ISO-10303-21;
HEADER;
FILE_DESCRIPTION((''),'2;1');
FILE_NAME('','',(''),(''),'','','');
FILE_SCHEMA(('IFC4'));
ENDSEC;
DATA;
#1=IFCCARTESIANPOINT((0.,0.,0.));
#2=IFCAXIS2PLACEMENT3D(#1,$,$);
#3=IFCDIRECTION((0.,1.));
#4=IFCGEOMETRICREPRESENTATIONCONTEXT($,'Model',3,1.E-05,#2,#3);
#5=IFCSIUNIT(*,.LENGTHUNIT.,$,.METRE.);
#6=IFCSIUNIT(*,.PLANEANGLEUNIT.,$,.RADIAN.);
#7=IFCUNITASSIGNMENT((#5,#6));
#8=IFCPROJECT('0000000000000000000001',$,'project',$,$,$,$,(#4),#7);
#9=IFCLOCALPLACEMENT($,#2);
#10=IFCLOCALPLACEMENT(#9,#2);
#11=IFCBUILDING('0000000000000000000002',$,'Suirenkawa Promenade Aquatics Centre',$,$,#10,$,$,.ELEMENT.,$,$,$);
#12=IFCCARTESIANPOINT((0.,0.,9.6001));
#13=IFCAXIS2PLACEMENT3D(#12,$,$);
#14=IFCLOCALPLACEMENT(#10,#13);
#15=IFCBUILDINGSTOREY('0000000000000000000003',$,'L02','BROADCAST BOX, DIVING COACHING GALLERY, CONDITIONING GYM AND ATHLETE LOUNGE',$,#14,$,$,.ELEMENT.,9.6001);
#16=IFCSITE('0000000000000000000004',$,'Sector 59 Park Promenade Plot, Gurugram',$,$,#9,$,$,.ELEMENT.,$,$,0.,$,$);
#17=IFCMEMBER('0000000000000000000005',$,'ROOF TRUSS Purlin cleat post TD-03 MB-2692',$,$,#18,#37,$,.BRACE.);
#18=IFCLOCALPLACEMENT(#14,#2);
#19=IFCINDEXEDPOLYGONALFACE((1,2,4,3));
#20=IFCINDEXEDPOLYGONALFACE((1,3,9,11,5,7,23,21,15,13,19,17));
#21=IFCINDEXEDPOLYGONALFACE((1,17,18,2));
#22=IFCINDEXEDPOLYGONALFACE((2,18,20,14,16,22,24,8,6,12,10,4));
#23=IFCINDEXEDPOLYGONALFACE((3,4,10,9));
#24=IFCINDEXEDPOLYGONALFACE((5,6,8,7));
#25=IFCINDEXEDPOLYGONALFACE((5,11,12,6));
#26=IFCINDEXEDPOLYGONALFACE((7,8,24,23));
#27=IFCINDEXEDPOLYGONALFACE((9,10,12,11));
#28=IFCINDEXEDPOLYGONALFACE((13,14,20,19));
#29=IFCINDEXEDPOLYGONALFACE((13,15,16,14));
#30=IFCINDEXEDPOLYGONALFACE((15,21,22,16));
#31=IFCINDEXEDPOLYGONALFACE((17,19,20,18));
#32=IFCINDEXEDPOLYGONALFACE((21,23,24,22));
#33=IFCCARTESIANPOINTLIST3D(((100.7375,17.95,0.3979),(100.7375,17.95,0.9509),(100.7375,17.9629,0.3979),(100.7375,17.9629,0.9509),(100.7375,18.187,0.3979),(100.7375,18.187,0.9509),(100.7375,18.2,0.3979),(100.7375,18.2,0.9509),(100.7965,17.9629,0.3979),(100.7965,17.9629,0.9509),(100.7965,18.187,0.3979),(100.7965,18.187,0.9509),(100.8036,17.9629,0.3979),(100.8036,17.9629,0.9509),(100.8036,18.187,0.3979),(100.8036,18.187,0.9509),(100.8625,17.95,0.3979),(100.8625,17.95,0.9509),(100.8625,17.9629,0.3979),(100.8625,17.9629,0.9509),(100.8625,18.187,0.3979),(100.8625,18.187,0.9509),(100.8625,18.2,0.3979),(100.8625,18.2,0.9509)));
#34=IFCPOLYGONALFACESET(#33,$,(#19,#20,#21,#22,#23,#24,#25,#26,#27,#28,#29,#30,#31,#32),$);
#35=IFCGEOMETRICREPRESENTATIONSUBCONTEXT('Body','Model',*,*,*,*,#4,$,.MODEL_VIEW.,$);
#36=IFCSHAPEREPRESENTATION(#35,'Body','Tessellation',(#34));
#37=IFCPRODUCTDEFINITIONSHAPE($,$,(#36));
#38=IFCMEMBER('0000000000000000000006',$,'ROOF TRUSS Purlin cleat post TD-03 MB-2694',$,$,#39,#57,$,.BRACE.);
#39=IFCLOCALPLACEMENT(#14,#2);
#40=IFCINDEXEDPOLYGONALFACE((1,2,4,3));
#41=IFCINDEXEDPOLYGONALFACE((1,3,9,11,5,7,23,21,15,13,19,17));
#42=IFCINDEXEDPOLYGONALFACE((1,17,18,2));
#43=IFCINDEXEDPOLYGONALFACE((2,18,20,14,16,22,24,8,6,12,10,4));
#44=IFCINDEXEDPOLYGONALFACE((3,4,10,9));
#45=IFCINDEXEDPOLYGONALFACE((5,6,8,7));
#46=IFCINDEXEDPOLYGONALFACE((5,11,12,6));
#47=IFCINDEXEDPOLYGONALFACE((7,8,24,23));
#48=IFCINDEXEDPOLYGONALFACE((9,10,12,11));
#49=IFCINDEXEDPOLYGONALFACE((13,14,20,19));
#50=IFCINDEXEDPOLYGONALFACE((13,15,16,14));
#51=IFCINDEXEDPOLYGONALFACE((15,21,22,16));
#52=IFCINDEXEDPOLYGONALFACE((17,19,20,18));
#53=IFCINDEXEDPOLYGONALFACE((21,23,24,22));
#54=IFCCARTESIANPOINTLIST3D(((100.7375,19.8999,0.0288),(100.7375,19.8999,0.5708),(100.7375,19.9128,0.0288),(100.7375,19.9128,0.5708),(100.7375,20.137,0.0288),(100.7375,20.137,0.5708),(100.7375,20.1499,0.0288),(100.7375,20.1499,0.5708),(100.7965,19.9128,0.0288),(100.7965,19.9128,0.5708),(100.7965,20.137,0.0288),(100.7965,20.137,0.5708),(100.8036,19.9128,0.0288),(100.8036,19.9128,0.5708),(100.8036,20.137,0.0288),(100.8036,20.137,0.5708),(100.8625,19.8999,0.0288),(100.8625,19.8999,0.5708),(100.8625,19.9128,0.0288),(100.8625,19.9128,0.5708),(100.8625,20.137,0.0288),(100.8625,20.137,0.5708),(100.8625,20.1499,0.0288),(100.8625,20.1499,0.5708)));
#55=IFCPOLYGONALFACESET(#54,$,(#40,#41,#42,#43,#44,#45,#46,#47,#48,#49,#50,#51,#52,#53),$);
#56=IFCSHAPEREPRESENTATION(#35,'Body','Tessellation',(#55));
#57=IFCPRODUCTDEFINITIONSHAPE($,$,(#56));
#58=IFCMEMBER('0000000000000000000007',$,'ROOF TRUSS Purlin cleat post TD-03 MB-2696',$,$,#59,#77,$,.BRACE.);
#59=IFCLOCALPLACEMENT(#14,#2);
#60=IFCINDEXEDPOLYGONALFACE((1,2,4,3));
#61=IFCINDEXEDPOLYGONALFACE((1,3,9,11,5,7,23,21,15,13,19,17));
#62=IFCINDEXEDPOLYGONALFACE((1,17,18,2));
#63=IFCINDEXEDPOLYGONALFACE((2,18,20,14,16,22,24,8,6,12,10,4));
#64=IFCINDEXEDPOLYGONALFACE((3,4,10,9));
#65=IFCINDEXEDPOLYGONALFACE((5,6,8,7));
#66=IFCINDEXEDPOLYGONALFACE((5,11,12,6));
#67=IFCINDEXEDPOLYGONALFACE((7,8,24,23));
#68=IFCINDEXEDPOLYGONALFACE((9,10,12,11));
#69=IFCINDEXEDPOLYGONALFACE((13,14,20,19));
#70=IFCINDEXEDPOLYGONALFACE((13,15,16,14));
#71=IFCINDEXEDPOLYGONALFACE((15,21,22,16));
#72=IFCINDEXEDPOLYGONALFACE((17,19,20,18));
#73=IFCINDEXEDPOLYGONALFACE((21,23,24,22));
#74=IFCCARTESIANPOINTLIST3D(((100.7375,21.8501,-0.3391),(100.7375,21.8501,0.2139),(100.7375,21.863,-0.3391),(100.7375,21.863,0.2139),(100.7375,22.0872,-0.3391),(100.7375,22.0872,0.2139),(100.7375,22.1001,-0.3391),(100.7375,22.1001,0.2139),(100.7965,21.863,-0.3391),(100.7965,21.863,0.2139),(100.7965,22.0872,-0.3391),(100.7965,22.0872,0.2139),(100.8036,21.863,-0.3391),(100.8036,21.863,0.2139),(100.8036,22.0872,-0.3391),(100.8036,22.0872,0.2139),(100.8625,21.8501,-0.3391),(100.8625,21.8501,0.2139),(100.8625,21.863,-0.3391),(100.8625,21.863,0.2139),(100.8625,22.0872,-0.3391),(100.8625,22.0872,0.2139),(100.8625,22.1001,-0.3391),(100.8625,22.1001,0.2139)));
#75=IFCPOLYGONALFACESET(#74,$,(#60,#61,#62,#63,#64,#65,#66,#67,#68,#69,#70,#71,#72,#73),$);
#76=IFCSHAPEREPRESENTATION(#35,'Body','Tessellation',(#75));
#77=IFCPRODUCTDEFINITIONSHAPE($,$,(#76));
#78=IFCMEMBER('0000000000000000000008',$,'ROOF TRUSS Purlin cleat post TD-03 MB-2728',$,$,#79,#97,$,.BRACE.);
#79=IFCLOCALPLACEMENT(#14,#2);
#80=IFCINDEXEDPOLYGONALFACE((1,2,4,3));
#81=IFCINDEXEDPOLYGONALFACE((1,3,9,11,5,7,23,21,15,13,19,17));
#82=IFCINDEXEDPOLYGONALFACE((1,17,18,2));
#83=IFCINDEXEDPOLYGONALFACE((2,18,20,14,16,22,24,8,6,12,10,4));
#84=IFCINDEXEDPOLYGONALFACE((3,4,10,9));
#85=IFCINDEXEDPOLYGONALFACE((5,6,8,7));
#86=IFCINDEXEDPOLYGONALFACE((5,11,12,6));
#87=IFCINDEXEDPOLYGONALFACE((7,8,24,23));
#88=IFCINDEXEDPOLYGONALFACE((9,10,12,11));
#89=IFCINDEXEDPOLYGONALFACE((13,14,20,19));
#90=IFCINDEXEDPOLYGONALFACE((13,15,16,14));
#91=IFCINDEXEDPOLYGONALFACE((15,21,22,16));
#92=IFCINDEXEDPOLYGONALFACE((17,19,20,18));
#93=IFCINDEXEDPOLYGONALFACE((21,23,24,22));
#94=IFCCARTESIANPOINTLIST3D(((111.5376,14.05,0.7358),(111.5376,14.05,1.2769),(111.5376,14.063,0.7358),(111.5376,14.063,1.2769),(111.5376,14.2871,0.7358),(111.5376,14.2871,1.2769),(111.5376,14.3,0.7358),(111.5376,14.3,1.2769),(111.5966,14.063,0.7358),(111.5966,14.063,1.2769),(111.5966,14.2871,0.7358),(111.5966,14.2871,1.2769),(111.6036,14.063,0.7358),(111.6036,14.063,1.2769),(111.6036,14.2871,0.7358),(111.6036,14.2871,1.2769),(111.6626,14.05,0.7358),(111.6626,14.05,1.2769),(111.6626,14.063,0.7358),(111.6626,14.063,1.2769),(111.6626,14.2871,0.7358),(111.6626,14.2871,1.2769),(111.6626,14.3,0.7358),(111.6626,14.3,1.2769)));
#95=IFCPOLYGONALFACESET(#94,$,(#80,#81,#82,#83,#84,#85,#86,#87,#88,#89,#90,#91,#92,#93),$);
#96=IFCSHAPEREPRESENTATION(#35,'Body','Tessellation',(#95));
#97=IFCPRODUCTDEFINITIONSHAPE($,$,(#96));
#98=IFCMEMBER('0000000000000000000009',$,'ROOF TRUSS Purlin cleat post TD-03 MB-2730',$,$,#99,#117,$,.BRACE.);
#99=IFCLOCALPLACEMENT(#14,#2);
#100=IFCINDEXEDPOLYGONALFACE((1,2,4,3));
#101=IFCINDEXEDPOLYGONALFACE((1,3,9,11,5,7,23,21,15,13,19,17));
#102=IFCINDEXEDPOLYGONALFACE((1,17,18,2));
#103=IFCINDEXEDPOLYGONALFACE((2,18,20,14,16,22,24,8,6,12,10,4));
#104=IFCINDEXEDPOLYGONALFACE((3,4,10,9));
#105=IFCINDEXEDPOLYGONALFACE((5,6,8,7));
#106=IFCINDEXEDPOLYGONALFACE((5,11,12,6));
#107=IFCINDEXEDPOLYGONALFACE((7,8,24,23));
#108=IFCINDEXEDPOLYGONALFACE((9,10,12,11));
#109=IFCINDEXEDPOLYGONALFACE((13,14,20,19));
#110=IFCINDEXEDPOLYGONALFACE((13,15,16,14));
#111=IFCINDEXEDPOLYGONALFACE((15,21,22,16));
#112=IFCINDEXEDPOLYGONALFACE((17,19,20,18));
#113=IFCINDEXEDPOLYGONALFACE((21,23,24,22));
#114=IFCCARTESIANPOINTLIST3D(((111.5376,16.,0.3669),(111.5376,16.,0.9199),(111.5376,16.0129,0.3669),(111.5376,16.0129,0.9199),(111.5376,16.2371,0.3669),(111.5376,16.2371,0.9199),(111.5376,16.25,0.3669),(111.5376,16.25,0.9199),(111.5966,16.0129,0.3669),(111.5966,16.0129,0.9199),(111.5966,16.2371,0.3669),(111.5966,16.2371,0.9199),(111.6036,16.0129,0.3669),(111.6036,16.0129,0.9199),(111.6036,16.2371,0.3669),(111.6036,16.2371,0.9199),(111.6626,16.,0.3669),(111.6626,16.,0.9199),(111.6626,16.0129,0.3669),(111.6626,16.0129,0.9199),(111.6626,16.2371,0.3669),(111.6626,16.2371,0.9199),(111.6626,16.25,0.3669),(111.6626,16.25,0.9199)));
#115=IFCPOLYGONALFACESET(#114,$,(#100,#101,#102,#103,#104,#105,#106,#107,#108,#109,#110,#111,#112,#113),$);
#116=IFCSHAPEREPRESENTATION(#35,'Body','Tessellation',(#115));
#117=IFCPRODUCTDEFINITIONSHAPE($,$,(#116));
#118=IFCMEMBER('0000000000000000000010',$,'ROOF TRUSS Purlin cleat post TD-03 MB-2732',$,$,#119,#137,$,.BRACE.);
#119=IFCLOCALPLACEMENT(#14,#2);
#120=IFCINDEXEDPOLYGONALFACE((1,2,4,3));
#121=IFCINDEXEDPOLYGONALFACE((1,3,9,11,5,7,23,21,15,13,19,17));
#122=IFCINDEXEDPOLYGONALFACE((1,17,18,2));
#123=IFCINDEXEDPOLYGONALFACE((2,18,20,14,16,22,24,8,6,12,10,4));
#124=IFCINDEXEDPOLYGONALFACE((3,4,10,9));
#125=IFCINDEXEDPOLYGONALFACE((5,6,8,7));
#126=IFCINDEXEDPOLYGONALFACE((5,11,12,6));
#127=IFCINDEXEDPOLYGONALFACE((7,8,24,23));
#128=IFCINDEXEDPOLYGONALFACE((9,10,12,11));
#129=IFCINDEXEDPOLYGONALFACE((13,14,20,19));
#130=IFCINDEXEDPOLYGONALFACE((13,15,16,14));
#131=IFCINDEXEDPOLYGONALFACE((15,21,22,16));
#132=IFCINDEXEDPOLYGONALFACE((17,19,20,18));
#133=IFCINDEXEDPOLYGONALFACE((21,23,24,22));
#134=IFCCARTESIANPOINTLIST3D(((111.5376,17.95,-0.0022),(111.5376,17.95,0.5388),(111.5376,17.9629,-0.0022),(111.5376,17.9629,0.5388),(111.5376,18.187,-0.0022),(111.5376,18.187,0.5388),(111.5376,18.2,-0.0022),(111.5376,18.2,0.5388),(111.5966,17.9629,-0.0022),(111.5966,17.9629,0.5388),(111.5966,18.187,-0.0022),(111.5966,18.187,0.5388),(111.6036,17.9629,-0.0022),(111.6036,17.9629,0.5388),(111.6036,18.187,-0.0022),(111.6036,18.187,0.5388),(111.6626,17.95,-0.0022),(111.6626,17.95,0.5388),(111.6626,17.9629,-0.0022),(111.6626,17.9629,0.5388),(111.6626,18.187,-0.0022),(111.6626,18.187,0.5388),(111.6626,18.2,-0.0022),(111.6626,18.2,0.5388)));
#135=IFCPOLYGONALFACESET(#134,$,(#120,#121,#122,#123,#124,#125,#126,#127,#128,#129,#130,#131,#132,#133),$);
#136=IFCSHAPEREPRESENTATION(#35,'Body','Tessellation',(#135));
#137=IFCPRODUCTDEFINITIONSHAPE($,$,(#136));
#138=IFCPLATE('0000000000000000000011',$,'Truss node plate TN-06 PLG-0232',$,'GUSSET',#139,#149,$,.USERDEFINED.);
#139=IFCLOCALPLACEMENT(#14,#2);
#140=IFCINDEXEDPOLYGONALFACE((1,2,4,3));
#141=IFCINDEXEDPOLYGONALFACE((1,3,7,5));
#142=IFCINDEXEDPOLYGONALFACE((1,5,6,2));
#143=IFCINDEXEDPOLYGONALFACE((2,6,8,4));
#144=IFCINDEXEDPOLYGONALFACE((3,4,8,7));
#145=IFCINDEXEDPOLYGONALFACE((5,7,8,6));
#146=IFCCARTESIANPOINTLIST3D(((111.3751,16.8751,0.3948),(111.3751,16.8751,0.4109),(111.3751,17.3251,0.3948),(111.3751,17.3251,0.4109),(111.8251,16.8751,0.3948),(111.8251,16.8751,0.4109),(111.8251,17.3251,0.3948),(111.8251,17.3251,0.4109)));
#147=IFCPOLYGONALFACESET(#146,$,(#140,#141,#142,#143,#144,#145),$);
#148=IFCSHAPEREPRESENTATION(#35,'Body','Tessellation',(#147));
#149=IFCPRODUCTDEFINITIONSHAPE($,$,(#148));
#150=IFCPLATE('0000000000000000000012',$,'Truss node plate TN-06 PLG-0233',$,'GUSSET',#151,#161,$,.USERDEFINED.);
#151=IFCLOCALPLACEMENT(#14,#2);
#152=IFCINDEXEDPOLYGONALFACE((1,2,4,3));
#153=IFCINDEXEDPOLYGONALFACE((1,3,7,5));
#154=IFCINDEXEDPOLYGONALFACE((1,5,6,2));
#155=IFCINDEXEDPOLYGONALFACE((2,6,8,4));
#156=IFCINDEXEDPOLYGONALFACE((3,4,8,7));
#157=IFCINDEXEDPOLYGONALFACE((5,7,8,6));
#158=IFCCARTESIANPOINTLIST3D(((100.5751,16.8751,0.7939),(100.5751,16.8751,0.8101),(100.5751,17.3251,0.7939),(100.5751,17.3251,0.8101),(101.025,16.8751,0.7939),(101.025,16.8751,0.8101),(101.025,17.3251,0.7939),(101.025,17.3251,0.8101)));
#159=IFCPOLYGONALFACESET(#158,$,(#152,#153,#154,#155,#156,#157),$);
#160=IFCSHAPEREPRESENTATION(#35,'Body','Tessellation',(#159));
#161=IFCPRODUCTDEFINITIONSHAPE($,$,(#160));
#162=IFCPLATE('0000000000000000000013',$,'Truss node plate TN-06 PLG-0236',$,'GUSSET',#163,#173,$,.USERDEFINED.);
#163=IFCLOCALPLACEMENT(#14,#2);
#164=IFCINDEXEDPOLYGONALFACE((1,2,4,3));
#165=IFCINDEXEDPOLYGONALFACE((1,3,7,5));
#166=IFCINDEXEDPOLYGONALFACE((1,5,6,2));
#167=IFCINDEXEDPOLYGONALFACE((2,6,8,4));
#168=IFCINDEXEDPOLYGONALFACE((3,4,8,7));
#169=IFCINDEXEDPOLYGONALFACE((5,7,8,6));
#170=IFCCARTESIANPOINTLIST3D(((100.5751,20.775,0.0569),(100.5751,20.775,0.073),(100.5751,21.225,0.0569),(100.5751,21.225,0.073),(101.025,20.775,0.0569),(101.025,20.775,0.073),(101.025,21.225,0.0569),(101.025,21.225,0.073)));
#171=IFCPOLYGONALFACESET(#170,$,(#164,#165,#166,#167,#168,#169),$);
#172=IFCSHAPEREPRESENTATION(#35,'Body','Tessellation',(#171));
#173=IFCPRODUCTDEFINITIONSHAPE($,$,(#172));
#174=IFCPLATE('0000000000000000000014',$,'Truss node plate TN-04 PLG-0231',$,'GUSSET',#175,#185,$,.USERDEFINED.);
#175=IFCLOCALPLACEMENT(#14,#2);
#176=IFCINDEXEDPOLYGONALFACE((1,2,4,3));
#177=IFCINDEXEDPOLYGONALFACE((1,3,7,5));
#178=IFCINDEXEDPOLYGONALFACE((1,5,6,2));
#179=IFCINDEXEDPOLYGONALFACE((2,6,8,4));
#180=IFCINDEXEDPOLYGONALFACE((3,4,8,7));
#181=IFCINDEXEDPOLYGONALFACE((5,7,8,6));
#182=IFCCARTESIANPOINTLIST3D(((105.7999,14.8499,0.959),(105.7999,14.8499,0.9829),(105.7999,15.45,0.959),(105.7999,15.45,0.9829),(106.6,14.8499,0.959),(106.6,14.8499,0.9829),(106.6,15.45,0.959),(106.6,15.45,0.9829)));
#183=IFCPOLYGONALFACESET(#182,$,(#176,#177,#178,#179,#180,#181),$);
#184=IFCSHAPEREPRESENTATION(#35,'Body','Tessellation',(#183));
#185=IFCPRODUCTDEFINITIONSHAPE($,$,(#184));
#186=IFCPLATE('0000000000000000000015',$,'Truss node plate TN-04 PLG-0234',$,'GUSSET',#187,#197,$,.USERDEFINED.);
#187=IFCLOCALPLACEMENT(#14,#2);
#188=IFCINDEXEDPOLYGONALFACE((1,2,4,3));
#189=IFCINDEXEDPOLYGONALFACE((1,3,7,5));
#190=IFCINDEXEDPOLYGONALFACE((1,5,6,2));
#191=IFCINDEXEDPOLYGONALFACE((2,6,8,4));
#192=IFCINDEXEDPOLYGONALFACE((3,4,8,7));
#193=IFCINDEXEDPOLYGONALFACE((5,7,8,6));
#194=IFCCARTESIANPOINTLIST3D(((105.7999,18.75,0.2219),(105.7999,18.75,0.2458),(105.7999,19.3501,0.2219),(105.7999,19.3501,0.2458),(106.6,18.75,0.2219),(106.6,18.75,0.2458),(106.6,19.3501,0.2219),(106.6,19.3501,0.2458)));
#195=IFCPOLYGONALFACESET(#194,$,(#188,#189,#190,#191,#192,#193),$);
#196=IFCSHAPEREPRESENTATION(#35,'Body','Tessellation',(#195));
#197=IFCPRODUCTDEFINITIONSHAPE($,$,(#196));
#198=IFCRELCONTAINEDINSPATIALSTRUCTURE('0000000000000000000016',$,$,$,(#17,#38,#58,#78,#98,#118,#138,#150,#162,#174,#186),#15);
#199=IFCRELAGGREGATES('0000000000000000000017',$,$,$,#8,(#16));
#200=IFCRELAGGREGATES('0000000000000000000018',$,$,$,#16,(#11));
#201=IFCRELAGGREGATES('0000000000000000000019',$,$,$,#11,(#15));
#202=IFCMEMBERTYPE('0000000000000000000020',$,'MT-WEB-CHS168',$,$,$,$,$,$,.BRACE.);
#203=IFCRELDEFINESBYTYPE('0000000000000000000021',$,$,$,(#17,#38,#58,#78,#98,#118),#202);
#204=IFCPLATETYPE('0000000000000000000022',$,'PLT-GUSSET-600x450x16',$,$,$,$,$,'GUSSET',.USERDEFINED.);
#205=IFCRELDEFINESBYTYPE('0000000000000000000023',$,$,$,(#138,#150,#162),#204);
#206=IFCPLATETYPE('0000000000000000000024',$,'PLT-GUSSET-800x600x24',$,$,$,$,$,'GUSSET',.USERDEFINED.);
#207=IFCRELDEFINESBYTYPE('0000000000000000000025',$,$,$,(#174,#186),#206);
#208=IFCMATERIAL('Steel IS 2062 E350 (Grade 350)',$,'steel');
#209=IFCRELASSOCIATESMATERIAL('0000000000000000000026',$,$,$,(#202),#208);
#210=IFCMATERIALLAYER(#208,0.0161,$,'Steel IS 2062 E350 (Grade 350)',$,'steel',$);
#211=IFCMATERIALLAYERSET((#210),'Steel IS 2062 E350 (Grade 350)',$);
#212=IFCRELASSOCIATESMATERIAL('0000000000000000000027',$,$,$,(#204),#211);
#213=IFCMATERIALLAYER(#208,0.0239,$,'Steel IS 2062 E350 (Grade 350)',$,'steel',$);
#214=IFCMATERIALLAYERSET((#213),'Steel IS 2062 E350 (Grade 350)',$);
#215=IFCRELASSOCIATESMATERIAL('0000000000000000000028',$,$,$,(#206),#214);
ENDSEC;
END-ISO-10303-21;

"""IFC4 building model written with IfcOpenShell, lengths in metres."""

from ifc_helpers import new_model, si_unit, direction, frame, origin, origin_2d, place, context, subcontext, project, spatial, rectangle, i_section, extrude, material, layer, layer_set, material_profile, profile_set, type_object, element, save


model = new_model("IFC4")

# Units and contexts
model_context = context("Model", 3, precision=1e-05, world=origin(), true_north=direction((0.0, 1.0)))
body_context = subcontext(model_context, "Body", "Model", "MODEL_VIEW")
ifc_project = project(units=[si_unit("LENGTHUNIT", "METRE"), si_unit("PLANEANGLEUNIT", "RADIAN")], contexts=[model_context])

# Site, building, storey
site_placement = place(None, origin())
site = spatial("IfcSite", under=ifc_project, at=site_placement, Name="Sector 59 Park Promenade Plot, Gurugram", CompositionType="ELEMENT", RefElevation=0.0)
building_placement = place(site_placement, origin())
building = spatial("IfcBuilding", under=site, at=building_placement, Name="Suirenkawa Promenade Aquatics Centre", CompositionType="ELEMENT")
storey_placement = place(building_placement, frame((0.0, 0.0, 9.6001)))
storey = spatial("IfcBuildingStorey", under=building, at=storey_placement, Name="L02", Description="BROADCAST BOX, DIVING COACHING GALLERY, CONDITIONING GYM AND ATHLETE LOUNGE", CompositionType="ELEMENT", Elevation=9.6001)

# Shared definitions
ifc_material = material(Name="Steel IS 2062 E350 (Grade 350)", Category="steel")

# Members
ifc_material_profile_1 = material_profile(ifc_material, i_section(OverallWidth=0.125, OverallDepth=0.25, WebThickness=0.0071, FlangeThickness=0.0129, at=origin_2d()), Name="ISMB 250", Category="steel")
ifc_profile_set_1 = profile_set([ifc_material_profile_1], Name="Steel IS 2062 E350 (Grade 350)")
member_type_1 = type_object("IfcMemberType", Name="MT-WEB-CHS168", PredefinedType="BRACE", material=ifc_profile_set_1)
member_1_placement = place(storey_placement, frame((100.8, 18.075, 0.3979), z_axis=(0.0, 0.0, 1.0), x_axis=(1.0, 0.0, 0.0)))
element("IfcMember", 1, at=member_1_placement, inside=storey, type_object=member_type_1, Name="ROOF TRUSS Purlin cleat post TD-03 MB-2692", PredefinedType="BRACE", context=body_context, shape_type="SweptSolid", body=[
    extrude(i_section(OverallWidth=0.125, OverallDepth=0.25, WebThickness=0.0071, FlangeThickness=0.0129, at=origin_2d()), origin(), (0.0, 0.0, 1.0), 0.553),
])
member_2_placement = place(storey_placement, frame((100.8, 20.0249, 0.0288), z_axis=(0.0, 0.0, 1.0), x_axis=(1.0, 0.0, 0.0)))
element("IfcMember", 2, at=member_2_placement, inside=storey, type_object=member_type_1, Name="ROOF TRUSS Purlin cleat post TD-03 MB-2694", PredefinedType="BRACE", context=body_context, shape_type="SweptSolid", body=[
    extrude(i_section(OverallWidth=0.125, OverallDepth=0.25, WebThickness=0.0071, FlangeThickness=0.0129, at=origin_2d()), origin(), (0.0, 0.0, 1.0), 0.542),
])
member_3_placement = place(storey_placement, frame((100.8, 21.9751, -0.3391), z_axis=(0.0, 0.0, 1.0), x_axis=(1.0, 0.0, 0.0)))
element("IfcMember", 3, at=member_3_placement, inside=storey, type_object=member_type_1, Name="ROOF TRUSS Purlin cleat post TD-03 MB-2696", PredefinedType="BRACE", context=body_context, shape_type="SweptSolid", body=[
    extrude(i_section(OverallWidth=0.125, OverallDepth=0.25, WebThickness=0.0071, FlangeThickness=0.0129, at=origin_2d()), origin(), (0.0, 0.0, 1.0), 0.553),
])
member_4_placement = place(storey_placement, frame((111.6001, 14.175, 0.7358), z_axis=(0.0, 0.0, 1.0), x_axis=(1.0, 0.0, 0.0)))
element("IfcMember", 4, at=member_4_placement, inside=storey, type_object=member_type_1, Name="ROOF TRUSS Purlin cleat post TD-03 MB-2728", PredefinedType="BRACE", context=body_context, shape_type="SweptSolid", body=[
    extrude(i_section(OverallWidth=0.125, OverallDepth=0.25, WebThickness=0.0071, FlangeThickness=0.0129, at=origin_2d()), origin(), (0.0, 0.0, 1.0), 0.541),
])
member_5_placement = place(storey_placement, frame((111.6001, 16.125, 0.3669), z_axis=(0.0, 0.0, 1.0), x_axis=(1.0, 0.0, 0.0)))
element("IfcMember", 5, at=member_5_placement, inside=storey, type_object=member_type_1, Name="ROOF TRUSS Purlin cleat post TD-03 MB-2730", PredefinedType="BRACE", context=body_context, shape_type="SweptSolid", body=[
    extrude(i_section(OverallWidth=0.125, OverallDepth=0.25, WebThickness=0.0071, FlangeThickness=0.0129, at=origin_2d()), origin(), (0.0, 0.0, 1.0), 0.553),
])
member_6_placement = place(storey_placement, frame((111.6001, 18.075, -0.0022), z_axis=(0.0, 0.0, 1.0), x_axis=(1.0, 0.0, 0.0)))
element("IfcMember", 6, at=member_6_placement, inside=storey, type_object=member_type_1, Name="ROOF TRUSS Purlin cleat post TD-03 MB-2732", PredefinedType="BRACE", context=body_context, shape_type="SweptSolid", body=[
    extrude(i_section(OverallWidth=0.125, OverallDepth=0.25, WebThickness=0.0071, FlangeThickness=0.0129, at=origin_2d()), origin(), (0.0, 0.0, 1.0), 0.541),
])

# Plates
ifc_layer_1 = layer(ifc_material, 0.0161, Name="Steel IS 2062 E350 (Grade 350)", Category="steel")
ifc_layer_set_1 = layer_set([ifc_layer_1], Name="Steel IS 2062 E350 (Grade 350)")
plate_type_1 = type_object("IfcPlateType", Name="PLT-GUSSET-600x450x16", ElementType="GUSSET", PredefinedType="USERDEFINED", material=ifc_layer_set_1)
for number, where, z_axis, x_axis, name in (
    (7, (111.6001, 17.1001, 0.3948), (0.0, 0.0, 1.0), (1.0, 0.0, 0.0), "Truss node plate TN-06 PLG-0232"),
    (8, (100.8, 17.1001, 0.7939), (0.0, 0.0, 1.0), (1.0, 0.0, 0.0), "Truss node plate TN-06 PLG-0233"),
    (9, (100.8, 21.0, 0.0569), (0.0, 0.0, 1.0), (1.0, 0.0, 0.0), "Truss node plate TN-06 PLG-0236"),
):
    element("IfcPlate", number, at=place(storey_placement, frame(where, z_axis=z_axis, x_axis=x_axis)), inside=storey, type_object=plate_type_1, Name=name, ObjectType="GUSSET", PredefinedType="USERDEFINED", context=body_context, shape_type="SweptSolid", body=[
        extrude(rectangle(XDim=0.45, YDim=0.45, at=origin_2d()), origin(), (0.0, 0.0, 1.0), 0.0161),
    ])
ifc_layer_2 = layer(ifc_material, 0.0239, Name="Steel IS 2062 E350 (Grade 350)", Category="steel")
ifc_layer_set_2 = layer_set([ifc_layer_2], Name="Steel IS 2062 E350 (Grade 350)")
plate_type_2 = type_object("IfcPlateType", Name="PLT-GUSSET-800x600x24", ElementType="GUSSET", PredefinedType="USERDEFINED", material=ifc_layer_set_2)
for number, where, z_axis, x_axis, name in (
    (10, (106.2, 15.1499, 0.959), (0.0, 0.0, 1.0), (1.0, 0.0, 0.0), "Truss node plate TN-04 PLG-0231"),
    (11, (106.2, 19.05, 0.2219), (0.0, 0.0, 1.0), (1.0, 0.0, 0.0), "Truss node plate TN-04 PLG-0234"),
):
    element("IfcPlate", number, at=place(storey_placement, frame(where, z_axis=z_axis, x_axis=x_axis)), inside=storey, type_object=plate_type_2, Name=name, ObjectType="GUSSET", PredefinedType="USERDEFINED", context=body_context, shape_type="SweptSolid", body=[
        extrude(rectangle(XDim=0.8, YDim=0.6001, at=origin_2d()), origin(), (0.0, 0.0, 1.0), 0.0239),
    ])

save(model, "model.ifc")
